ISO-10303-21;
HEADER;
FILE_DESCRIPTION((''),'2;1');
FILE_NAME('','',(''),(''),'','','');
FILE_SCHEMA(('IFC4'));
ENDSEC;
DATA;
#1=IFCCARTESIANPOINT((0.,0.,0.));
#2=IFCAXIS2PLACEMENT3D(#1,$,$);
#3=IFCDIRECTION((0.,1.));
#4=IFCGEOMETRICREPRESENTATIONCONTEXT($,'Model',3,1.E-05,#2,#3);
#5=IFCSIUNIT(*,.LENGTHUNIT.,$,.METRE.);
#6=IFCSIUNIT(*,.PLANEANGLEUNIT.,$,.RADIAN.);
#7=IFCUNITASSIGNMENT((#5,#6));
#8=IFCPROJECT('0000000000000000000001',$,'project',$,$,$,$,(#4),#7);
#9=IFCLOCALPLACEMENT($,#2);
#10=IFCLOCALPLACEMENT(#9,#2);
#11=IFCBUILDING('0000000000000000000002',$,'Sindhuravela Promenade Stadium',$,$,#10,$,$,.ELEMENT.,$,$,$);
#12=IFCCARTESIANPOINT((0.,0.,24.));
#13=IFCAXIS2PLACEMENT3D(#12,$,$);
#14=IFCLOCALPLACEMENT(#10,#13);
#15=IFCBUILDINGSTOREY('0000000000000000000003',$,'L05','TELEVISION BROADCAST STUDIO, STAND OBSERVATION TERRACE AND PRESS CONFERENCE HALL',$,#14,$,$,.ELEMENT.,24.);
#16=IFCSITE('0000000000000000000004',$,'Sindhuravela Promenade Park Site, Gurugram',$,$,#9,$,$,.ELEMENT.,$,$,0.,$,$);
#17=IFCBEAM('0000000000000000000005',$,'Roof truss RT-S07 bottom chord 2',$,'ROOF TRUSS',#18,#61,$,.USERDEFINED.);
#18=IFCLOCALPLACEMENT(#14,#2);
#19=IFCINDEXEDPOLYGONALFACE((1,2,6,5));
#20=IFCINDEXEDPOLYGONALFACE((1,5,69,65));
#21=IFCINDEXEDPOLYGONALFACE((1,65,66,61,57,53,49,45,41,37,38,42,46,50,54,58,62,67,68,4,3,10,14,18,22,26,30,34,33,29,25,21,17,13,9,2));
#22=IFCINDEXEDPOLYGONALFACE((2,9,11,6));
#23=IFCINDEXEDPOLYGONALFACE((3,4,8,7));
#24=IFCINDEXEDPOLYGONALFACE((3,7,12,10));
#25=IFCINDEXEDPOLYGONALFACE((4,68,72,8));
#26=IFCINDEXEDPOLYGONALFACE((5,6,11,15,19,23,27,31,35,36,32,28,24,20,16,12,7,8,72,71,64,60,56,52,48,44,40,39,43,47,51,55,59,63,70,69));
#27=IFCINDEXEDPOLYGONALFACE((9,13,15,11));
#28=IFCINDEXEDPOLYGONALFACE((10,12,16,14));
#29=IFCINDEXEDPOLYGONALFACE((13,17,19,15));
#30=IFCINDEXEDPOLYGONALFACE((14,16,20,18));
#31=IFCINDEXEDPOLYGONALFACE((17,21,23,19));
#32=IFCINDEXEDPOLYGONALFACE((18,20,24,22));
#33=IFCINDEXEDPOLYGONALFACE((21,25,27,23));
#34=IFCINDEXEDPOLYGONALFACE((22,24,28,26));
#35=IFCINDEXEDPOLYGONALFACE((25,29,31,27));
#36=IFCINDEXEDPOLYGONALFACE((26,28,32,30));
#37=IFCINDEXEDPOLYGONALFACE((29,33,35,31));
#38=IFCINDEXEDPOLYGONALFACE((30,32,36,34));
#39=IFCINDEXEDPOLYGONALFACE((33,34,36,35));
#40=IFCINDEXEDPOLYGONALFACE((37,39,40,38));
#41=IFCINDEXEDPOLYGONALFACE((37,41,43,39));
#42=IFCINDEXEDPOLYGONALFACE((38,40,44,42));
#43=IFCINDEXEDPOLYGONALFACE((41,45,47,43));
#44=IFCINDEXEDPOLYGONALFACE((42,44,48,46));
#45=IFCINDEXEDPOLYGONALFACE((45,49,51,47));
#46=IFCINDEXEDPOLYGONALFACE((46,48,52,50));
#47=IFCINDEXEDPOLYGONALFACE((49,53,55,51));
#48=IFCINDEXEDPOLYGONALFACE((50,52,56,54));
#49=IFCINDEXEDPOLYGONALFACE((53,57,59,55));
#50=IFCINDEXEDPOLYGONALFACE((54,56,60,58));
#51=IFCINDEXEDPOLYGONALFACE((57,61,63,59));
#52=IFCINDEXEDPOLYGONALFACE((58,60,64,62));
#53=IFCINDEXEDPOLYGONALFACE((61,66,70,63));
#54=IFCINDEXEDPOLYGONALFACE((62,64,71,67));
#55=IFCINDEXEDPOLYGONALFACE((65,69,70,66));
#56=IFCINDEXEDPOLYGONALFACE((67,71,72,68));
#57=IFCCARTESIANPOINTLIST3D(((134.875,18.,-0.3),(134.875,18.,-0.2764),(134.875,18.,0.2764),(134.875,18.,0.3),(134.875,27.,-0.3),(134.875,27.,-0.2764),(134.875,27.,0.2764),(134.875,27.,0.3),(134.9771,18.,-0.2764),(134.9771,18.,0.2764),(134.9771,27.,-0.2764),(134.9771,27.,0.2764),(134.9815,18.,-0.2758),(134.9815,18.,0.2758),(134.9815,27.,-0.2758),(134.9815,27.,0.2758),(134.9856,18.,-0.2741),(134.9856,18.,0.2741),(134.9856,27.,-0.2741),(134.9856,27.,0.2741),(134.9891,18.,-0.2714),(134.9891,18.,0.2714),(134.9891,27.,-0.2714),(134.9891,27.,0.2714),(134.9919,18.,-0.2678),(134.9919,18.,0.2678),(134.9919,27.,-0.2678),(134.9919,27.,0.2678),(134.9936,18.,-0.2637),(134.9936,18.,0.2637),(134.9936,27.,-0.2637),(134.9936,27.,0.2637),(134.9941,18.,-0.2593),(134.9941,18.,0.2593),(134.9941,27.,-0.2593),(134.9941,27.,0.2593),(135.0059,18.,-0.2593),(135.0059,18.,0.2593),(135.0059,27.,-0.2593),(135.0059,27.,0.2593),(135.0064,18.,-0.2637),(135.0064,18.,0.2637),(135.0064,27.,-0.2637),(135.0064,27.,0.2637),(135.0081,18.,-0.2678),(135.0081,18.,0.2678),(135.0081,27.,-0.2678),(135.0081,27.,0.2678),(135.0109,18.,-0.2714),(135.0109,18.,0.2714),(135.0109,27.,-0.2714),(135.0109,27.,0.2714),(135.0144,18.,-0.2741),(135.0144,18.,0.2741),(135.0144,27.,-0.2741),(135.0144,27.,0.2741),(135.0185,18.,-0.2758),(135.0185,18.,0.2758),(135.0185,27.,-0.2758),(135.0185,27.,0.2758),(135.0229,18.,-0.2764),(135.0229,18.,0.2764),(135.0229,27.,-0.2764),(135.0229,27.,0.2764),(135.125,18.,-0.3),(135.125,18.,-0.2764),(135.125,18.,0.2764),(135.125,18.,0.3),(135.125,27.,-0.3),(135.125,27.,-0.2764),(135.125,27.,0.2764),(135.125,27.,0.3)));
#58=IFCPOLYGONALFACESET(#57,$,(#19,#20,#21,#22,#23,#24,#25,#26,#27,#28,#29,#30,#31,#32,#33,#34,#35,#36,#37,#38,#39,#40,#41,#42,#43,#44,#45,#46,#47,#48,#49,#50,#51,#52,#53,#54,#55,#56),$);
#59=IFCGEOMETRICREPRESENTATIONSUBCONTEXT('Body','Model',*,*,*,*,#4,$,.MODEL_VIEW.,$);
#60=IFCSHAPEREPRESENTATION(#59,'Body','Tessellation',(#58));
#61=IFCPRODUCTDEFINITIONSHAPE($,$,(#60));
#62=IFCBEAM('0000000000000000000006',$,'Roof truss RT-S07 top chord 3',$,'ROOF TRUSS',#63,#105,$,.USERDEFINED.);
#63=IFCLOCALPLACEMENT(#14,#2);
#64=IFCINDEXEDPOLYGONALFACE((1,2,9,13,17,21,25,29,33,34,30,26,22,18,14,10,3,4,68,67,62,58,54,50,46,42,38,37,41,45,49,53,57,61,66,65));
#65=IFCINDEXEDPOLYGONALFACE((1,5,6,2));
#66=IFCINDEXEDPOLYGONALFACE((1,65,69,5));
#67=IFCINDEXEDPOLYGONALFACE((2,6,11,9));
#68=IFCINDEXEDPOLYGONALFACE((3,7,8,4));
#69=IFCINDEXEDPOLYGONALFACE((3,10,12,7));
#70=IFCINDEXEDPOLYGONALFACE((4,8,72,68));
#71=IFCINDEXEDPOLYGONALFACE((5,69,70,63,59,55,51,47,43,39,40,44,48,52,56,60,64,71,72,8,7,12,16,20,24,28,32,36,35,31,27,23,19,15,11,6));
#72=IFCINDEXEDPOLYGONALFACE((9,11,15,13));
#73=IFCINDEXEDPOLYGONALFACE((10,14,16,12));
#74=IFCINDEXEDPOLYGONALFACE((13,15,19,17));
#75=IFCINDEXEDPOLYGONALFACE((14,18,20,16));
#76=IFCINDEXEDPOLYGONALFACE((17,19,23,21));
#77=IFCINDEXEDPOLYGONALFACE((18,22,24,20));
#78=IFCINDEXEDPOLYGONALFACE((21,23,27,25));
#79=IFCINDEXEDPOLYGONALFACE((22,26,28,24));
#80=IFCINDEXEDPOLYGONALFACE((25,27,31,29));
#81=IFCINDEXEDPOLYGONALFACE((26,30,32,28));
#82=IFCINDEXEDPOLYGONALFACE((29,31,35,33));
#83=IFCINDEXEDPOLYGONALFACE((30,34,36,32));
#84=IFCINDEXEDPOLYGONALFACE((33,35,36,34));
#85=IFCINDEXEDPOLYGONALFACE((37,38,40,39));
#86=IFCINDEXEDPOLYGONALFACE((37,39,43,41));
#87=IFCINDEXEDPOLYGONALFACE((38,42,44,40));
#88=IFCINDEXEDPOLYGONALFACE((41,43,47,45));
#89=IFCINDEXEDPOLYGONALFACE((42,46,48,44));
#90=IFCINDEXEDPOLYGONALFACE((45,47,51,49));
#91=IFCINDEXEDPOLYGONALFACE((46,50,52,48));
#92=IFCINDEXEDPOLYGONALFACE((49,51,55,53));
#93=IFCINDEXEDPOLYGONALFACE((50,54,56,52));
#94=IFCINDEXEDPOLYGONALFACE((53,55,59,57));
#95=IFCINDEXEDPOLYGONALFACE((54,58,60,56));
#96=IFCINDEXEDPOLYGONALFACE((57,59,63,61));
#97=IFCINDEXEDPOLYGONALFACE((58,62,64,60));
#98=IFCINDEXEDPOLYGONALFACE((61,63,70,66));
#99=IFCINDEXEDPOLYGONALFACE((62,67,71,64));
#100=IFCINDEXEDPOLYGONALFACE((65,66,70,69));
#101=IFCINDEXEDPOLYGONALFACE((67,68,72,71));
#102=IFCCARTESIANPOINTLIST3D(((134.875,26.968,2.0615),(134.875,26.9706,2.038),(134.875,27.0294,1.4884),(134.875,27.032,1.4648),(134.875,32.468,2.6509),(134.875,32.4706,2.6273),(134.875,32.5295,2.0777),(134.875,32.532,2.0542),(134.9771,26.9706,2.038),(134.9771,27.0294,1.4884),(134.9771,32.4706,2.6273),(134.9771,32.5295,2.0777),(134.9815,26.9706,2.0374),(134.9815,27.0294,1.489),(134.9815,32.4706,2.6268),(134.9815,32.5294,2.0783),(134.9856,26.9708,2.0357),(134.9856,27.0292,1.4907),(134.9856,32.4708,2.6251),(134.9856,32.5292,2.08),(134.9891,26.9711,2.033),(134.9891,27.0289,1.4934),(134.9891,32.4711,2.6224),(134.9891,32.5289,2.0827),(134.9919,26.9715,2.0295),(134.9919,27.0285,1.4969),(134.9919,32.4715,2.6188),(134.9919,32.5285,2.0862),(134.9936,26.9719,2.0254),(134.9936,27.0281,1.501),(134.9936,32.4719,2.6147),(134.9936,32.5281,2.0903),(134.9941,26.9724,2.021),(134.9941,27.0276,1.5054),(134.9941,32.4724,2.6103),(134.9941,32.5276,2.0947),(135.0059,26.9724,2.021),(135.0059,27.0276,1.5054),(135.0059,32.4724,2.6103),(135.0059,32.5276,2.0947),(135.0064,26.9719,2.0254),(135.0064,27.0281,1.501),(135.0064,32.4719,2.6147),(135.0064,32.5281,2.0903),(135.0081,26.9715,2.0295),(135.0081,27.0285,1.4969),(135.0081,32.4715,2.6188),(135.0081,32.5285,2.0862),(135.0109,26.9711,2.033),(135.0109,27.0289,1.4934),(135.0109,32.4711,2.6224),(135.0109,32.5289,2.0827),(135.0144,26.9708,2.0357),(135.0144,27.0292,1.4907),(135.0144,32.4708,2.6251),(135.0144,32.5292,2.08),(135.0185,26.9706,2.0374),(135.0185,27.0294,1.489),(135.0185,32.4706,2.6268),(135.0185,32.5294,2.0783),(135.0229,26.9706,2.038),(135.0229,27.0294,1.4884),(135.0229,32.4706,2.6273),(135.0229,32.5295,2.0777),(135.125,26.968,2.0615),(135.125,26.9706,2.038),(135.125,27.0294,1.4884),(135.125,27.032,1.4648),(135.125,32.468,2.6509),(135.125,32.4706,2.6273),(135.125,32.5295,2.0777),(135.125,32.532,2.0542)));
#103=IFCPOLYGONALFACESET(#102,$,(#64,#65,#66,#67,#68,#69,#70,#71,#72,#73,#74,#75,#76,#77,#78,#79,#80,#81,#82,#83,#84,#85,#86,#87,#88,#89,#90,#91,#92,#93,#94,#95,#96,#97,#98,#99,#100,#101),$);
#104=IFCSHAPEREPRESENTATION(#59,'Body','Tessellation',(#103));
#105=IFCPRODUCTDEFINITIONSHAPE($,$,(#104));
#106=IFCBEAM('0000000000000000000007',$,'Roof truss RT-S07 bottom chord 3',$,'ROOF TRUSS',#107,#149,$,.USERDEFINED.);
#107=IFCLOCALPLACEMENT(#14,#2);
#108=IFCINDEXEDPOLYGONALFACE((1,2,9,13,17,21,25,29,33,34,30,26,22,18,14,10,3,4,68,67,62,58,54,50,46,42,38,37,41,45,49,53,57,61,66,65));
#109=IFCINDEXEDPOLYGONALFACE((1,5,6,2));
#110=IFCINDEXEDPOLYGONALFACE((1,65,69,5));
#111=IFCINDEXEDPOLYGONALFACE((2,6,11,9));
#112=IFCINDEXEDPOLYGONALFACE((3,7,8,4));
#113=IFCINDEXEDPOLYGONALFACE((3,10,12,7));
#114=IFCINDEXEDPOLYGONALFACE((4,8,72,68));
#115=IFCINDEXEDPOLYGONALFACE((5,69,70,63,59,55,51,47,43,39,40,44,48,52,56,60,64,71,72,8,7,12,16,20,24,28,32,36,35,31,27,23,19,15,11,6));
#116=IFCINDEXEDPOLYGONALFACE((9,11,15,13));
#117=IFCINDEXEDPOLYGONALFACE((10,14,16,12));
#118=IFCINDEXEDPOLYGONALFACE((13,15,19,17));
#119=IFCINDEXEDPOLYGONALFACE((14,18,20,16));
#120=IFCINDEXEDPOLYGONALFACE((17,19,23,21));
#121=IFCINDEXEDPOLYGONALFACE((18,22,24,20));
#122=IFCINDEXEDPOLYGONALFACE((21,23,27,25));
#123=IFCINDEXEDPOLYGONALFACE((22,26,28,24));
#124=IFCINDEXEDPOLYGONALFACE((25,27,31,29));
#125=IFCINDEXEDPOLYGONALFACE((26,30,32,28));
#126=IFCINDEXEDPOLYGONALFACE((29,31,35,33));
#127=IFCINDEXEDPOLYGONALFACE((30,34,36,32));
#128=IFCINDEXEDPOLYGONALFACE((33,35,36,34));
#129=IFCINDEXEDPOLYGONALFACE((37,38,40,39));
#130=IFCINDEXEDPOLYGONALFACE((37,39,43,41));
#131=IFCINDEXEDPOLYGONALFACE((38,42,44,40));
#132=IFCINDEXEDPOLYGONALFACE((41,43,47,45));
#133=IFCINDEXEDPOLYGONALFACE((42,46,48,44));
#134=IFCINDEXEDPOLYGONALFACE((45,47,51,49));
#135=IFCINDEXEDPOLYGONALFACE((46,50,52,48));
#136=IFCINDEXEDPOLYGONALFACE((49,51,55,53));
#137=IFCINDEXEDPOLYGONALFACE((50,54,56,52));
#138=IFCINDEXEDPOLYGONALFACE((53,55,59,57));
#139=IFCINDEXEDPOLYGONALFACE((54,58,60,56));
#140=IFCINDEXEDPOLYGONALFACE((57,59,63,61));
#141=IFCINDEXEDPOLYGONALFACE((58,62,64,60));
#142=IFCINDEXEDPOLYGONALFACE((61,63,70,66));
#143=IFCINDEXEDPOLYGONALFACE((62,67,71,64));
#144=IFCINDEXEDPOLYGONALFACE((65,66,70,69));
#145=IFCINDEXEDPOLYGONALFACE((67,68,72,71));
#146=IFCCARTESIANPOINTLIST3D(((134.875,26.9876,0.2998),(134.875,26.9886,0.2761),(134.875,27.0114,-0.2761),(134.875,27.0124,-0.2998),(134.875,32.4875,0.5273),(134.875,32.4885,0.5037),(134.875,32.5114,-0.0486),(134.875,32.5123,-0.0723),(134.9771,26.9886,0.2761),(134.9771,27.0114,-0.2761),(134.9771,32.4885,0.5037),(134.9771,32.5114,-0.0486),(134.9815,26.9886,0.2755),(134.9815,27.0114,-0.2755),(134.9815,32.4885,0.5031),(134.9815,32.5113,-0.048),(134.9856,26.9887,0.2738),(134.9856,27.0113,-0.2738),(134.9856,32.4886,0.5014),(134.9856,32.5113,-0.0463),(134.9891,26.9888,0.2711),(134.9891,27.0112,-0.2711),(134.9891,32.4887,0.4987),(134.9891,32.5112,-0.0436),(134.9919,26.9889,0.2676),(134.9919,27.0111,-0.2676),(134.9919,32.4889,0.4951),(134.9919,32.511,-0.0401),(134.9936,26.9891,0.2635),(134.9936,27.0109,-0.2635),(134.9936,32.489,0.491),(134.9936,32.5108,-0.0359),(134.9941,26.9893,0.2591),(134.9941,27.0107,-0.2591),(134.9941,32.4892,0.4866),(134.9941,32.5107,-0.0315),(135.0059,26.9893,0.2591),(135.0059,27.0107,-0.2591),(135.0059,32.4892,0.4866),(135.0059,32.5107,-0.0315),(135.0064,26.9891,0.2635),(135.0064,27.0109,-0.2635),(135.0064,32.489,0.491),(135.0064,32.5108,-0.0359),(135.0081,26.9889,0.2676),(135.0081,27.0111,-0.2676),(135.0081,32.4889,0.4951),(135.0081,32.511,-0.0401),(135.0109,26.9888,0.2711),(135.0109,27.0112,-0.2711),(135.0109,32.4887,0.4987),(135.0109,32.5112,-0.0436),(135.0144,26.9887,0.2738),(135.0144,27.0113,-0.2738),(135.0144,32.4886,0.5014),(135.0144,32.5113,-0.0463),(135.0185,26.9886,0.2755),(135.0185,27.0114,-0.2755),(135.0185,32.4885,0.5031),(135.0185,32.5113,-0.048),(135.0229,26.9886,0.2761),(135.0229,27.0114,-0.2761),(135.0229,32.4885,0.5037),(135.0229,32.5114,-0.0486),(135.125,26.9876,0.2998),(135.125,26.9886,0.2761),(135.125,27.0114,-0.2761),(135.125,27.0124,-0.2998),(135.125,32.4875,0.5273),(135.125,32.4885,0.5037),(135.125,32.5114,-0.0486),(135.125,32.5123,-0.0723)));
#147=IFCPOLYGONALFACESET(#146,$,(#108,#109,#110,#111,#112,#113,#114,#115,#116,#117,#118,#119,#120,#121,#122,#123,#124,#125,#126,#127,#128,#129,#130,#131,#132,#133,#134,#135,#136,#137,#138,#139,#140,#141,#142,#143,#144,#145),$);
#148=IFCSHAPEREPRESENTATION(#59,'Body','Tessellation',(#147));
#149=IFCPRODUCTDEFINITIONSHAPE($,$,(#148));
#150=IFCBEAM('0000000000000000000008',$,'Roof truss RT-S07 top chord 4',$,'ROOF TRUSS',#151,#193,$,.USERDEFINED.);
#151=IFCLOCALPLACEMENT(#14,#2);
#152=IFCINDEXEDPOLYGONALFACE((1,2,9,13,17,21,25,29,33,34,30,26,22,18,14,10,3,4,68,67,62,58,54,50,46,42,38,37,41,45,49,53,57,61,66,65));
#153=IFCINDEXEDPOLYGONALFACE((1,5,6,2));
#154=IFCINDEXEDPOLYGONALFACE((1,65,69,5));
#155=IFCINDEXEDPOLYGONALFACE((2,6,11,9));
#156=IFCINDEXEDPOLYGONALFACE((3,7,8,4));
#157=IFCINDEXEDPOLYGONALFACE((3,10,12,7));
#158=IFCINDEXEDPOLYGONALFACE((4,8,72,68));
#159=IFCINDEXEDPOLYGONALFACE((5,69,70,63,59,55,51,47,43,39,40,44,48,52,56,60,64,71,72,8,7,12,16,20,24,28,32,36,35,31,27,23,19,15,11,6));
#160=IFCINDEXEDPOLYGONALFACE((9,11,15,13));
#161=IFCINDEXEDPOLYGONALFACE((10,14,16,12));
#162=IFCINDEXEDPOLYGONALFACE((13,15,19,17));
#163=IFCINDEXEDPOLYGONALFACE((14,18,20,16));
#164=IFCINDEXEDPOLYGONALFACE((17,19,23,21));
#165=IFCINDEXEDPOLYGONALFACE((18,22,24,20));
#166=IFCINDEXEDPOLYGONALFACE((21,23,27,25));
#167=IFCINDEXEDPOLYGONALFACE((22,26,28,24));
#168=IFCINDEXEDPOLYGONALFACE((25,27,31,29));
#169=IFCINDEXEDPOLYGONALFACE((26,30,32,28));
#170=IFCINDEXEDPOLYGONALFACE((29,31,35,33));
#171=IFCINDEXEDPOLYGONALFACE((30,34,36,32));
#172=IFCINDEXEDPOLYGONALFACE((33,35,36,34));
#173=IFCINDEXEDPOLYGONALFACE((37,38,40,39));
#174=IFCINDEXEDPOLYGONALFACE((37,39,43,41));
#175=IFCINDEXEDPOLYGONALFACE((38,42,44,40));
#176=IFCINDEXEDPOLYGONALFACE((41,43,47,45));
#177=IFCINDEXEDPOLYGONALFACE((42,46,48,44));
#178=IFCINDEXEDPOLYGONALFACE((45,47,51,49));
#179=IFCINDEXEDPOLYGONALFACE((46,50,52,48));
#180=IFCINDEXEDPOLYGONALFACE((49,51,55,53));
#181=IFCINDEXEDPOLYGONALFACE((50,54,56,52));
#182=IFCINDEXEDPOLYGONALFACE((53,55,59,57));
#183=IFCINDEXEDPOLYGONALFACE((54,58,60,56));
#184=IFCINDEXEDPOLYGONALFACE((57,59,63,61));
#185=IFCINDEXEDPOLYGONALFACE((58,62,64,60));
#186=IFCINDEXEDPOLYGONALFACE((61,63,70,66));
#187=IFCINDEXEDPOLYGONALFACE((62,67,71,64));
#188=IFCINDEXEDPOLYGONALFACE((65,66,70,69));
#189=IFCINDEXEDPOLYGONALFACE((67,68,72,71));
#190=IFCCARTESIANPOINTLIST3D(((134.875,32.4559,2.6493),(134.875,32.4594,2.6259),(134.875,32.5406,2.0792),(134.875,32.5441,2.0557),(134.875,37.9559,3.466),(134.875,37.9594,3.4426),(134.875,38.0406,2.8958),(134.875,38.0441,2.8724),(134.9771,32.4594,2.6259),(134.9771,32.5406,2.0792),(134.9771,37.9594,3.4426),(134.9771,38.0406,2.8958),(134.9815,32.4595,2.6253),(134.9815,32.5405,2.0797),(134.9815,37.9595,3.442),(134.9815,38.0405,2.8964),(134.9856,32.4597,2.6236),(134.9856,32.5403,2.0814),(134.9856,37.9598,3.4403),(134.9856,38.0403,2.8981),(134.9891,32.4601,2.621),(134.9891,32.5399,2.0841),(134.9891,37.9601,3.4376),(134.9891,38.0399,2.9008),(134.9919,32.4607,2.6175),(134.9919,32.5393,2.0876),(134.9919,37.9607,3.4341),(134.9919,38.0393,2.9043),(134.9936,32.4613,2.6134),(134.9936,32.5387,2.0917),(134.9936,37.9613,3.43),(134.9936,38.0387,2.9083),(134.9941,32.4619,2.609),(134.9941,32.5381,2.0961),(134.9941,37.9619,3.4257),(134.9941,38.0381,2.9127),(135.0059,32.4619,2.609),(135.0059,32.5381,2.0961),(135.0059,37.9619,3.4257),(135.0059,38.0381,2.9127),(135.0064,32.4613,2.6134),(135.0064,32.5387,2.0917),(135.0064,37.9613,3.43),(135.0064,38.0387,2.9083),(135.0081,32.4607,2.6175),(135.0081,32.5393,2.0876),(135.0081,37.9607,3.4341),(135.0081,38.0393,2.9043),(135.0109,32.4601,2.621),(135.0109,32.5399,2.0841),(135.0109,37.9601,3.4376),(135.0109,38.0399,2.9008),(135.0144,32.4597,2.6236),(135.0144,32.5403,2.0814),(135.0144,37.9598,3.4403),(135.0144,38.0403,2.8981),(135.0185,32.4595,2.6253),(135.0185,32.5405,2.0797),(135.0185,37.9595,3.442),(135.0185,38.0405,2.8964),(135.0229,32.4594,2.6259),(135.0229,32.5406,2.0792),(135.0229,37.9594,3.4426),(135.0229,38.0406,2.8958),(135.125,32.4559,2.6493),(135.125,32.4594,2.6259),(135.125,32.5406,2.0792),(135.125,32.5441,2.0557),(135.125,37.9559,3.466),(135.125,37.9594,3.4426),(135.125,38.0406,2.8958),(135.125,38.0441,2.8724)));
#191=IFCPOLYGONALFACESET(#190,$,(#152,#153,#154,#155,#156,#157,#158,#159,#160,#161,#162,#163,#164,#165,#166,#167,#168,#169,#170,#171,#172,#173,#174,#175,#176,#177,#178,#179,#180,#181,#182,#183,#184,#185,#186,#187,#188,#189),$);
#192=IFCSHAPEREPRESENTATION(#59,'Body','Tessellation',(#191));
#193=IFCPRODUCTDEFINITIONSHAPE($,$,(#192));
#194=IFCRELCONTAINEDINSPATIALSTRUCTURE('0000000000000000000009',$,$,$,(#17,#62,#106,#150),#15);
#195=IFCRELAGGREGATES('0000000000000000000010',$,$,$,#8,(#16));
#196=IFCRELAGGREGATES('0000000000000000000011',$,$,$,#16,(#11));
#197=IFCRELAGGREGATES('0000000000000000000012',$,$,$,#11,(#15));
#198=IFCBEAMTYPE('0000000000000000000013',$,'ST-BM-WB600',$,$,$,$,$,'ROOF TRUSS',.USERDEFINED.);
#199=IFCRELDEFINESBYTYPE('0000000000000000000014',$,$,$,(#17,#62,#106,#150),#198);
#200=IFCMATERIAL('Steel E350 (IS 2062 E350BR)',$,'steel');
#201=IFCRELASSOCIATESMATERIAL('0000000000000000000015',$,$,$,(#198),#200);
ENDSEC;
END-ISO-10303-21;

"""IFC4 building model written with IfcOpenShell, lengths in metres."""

from ifc_helpers import new_model, si_unit, direction, frame, origin, origin_2d, place, context, subcontext, project, spatial, i_section, extrude, material, material_profile, profile_set, type_object, element, save


model = new_model("IFC4")

# Units and contexts
model_context = context("Model", 3, precision=1e-05, world=origin(), true_north=direction((0.0, 1.0)))
body_context = subcontext(model_context, "Body", "Model", "MODEL_VIEW")
ifc_project = project(units=[si_unit("LENGTHUNIT", "METRE"), si_unit("PLANEANGLEUNIT", "RADIAN")], contexts=[model_context])

# Site, building, storey
site_placement = place(None, origin())
site = spatial("IfcSite", under=ifc_project, at=site_placement, Name="Sindhuravela Promenade Park Site, Gurugram", CompositionType="ELEMENT", RefElevation=0.0)
building_placement = place(site_placement, origin())
building = spatial("IfcBuilding", under=site, at=building_placement, Name="Sindhuravela Promenade Stadium", CompositionType="ELEMENT")
storey_placement = place(building_placement, frame((0.0, 0.0, 24.0)))
storey = spatial("IfcBuildingStorey", under=building, at=storey_placement, Name="L05", Description="TELEVISION BROADCAST STUDIO, STAND OBSERVATION TERRACE AND PRESS CONFERENCE HALL", CompositionType="ELEMENT", Elevation=24.0)

# Beams
ifc_material_1 = material(Name="Steel E350 (IS 2062 E350BR)", Category="steel")
ifc_material_profile_1 = material_profile(ifc_material_1, i_section(OverallWidth=0.25, OverallDepth=0.6001, WebThickness=0.0117, FlangeThickness=0.0237, FilletRadius=0.0171, at=origin_2d()), Name="ISWB 600")
ifc_profile_set_1 = profile_set([ifc_material_profile_1], Name="Steel E350 (IS 2062 E350BR)")
beam_type = type_object("IfcBeamType", Name="ST-BM-WB600", ElementType="ROOF TRUSS", PredefinedType="USERDEFINED", material=ifc_profile_set_1)
beam_1_placement = place(storey_placement, frame((135.0, 18.0, 0.0), z_axis=(0.0, 1.0, 0.0), x_axis=(-1.0, 0.0, 0.0)))
element("IfcBeam", 1, at=beam_1_placement, inside=storey, type_object=beam_type, Name="Roof truss RT-S07 bottom chord 2", ObjectType="ROOF TRUSS", PredefinedType="USERDEFINED", context=body_context, shape_type="SweptSolid", body=[
    extrude(i_section(OverallWidth=0.25, OverallDepth=0.6001, WebThickness=0.0117, FlangeThickness=0.0237, FilletRadius=0.0171, at=origin_2d()), origin(), (0.0, 0.0, 1.0), 9.0),
])
beam_2_placement = place(storey_placement, frame((135.0, 27.0, 1.7632), z_axis=(0.0, 0.994308, 0.106546), x_axis=(-1.0, 0.0, 0.0)))
element("IfcBeam", 2, at=beam_2_placement, inside=storey, type_object=beam_type, Name="Roof truss RT-S07 top chord 3", ObjectType="ROOF TRUSS", PredefinedType="USERDEFINED", context=body_context, shape_type="SweptSolid", body=[
    extrude(i_section(OverallWidth=0.25, OverallDepth=0.6001, WebThickness=0.0117, FlangeThickness=0.0237, FilletRadius=0.0171, at=origin_2d()), origin(), (0.0, 0.0, 1.0), 5.5315),
])
beam_3_placement = place(storey_placement, frame((135.0, 27.0, 0.0), z_axis=(0.0, 0.999145, 0.041335), x_axis=(-1.0, 0.0, 0.0)))
element("IfcBeam", 3, at=beam_3_placement, inside=storey, type_object=beam_type, Name="Roof truss RT-S07 bottom chord 3", ObjectType="ROOF TRUSS", PredefinedType="USERDEFINED", context=body_context, shape_type="SweptSolid", body=[
    extrude(i_section(OverallWidth=0.25, OverallDepth=0.6001, WebThickness=0.0117, FlangeThickness=0.0237, FilletRadius=0.0171, at=origin_2d()), origin(), (0.0, 0.0, 1.0), 5.5046),
])
beam_4_placement = place(storey_placement, frame((135.0, 32.5, 2.3525), z_axis=(0.0, 0.989156, 0.146872), x_axis=(-1.0, 0.0, 0.0)))
element("IfcBeam", 4, at=beam_4_placement, inside=storey, type_object=beam_type, Name="Roof truss RT-S07 top chord 4", ObjectType="ROOF TRUSS", PredefinedType="USERDEFINED", context=body_context, shape_type="SweptSolid", body=[
    extrude(i_section(OverallWidth=0.25, OverallDepth=0.6001, WebThickness=0.0117, FlangeThickness=0.0237, FilletRadius=0.0171, at=origin_2d()), origin(), (0.0, 0.0, 1.0), 5.5603),
])

save(model, "model.ifc")
